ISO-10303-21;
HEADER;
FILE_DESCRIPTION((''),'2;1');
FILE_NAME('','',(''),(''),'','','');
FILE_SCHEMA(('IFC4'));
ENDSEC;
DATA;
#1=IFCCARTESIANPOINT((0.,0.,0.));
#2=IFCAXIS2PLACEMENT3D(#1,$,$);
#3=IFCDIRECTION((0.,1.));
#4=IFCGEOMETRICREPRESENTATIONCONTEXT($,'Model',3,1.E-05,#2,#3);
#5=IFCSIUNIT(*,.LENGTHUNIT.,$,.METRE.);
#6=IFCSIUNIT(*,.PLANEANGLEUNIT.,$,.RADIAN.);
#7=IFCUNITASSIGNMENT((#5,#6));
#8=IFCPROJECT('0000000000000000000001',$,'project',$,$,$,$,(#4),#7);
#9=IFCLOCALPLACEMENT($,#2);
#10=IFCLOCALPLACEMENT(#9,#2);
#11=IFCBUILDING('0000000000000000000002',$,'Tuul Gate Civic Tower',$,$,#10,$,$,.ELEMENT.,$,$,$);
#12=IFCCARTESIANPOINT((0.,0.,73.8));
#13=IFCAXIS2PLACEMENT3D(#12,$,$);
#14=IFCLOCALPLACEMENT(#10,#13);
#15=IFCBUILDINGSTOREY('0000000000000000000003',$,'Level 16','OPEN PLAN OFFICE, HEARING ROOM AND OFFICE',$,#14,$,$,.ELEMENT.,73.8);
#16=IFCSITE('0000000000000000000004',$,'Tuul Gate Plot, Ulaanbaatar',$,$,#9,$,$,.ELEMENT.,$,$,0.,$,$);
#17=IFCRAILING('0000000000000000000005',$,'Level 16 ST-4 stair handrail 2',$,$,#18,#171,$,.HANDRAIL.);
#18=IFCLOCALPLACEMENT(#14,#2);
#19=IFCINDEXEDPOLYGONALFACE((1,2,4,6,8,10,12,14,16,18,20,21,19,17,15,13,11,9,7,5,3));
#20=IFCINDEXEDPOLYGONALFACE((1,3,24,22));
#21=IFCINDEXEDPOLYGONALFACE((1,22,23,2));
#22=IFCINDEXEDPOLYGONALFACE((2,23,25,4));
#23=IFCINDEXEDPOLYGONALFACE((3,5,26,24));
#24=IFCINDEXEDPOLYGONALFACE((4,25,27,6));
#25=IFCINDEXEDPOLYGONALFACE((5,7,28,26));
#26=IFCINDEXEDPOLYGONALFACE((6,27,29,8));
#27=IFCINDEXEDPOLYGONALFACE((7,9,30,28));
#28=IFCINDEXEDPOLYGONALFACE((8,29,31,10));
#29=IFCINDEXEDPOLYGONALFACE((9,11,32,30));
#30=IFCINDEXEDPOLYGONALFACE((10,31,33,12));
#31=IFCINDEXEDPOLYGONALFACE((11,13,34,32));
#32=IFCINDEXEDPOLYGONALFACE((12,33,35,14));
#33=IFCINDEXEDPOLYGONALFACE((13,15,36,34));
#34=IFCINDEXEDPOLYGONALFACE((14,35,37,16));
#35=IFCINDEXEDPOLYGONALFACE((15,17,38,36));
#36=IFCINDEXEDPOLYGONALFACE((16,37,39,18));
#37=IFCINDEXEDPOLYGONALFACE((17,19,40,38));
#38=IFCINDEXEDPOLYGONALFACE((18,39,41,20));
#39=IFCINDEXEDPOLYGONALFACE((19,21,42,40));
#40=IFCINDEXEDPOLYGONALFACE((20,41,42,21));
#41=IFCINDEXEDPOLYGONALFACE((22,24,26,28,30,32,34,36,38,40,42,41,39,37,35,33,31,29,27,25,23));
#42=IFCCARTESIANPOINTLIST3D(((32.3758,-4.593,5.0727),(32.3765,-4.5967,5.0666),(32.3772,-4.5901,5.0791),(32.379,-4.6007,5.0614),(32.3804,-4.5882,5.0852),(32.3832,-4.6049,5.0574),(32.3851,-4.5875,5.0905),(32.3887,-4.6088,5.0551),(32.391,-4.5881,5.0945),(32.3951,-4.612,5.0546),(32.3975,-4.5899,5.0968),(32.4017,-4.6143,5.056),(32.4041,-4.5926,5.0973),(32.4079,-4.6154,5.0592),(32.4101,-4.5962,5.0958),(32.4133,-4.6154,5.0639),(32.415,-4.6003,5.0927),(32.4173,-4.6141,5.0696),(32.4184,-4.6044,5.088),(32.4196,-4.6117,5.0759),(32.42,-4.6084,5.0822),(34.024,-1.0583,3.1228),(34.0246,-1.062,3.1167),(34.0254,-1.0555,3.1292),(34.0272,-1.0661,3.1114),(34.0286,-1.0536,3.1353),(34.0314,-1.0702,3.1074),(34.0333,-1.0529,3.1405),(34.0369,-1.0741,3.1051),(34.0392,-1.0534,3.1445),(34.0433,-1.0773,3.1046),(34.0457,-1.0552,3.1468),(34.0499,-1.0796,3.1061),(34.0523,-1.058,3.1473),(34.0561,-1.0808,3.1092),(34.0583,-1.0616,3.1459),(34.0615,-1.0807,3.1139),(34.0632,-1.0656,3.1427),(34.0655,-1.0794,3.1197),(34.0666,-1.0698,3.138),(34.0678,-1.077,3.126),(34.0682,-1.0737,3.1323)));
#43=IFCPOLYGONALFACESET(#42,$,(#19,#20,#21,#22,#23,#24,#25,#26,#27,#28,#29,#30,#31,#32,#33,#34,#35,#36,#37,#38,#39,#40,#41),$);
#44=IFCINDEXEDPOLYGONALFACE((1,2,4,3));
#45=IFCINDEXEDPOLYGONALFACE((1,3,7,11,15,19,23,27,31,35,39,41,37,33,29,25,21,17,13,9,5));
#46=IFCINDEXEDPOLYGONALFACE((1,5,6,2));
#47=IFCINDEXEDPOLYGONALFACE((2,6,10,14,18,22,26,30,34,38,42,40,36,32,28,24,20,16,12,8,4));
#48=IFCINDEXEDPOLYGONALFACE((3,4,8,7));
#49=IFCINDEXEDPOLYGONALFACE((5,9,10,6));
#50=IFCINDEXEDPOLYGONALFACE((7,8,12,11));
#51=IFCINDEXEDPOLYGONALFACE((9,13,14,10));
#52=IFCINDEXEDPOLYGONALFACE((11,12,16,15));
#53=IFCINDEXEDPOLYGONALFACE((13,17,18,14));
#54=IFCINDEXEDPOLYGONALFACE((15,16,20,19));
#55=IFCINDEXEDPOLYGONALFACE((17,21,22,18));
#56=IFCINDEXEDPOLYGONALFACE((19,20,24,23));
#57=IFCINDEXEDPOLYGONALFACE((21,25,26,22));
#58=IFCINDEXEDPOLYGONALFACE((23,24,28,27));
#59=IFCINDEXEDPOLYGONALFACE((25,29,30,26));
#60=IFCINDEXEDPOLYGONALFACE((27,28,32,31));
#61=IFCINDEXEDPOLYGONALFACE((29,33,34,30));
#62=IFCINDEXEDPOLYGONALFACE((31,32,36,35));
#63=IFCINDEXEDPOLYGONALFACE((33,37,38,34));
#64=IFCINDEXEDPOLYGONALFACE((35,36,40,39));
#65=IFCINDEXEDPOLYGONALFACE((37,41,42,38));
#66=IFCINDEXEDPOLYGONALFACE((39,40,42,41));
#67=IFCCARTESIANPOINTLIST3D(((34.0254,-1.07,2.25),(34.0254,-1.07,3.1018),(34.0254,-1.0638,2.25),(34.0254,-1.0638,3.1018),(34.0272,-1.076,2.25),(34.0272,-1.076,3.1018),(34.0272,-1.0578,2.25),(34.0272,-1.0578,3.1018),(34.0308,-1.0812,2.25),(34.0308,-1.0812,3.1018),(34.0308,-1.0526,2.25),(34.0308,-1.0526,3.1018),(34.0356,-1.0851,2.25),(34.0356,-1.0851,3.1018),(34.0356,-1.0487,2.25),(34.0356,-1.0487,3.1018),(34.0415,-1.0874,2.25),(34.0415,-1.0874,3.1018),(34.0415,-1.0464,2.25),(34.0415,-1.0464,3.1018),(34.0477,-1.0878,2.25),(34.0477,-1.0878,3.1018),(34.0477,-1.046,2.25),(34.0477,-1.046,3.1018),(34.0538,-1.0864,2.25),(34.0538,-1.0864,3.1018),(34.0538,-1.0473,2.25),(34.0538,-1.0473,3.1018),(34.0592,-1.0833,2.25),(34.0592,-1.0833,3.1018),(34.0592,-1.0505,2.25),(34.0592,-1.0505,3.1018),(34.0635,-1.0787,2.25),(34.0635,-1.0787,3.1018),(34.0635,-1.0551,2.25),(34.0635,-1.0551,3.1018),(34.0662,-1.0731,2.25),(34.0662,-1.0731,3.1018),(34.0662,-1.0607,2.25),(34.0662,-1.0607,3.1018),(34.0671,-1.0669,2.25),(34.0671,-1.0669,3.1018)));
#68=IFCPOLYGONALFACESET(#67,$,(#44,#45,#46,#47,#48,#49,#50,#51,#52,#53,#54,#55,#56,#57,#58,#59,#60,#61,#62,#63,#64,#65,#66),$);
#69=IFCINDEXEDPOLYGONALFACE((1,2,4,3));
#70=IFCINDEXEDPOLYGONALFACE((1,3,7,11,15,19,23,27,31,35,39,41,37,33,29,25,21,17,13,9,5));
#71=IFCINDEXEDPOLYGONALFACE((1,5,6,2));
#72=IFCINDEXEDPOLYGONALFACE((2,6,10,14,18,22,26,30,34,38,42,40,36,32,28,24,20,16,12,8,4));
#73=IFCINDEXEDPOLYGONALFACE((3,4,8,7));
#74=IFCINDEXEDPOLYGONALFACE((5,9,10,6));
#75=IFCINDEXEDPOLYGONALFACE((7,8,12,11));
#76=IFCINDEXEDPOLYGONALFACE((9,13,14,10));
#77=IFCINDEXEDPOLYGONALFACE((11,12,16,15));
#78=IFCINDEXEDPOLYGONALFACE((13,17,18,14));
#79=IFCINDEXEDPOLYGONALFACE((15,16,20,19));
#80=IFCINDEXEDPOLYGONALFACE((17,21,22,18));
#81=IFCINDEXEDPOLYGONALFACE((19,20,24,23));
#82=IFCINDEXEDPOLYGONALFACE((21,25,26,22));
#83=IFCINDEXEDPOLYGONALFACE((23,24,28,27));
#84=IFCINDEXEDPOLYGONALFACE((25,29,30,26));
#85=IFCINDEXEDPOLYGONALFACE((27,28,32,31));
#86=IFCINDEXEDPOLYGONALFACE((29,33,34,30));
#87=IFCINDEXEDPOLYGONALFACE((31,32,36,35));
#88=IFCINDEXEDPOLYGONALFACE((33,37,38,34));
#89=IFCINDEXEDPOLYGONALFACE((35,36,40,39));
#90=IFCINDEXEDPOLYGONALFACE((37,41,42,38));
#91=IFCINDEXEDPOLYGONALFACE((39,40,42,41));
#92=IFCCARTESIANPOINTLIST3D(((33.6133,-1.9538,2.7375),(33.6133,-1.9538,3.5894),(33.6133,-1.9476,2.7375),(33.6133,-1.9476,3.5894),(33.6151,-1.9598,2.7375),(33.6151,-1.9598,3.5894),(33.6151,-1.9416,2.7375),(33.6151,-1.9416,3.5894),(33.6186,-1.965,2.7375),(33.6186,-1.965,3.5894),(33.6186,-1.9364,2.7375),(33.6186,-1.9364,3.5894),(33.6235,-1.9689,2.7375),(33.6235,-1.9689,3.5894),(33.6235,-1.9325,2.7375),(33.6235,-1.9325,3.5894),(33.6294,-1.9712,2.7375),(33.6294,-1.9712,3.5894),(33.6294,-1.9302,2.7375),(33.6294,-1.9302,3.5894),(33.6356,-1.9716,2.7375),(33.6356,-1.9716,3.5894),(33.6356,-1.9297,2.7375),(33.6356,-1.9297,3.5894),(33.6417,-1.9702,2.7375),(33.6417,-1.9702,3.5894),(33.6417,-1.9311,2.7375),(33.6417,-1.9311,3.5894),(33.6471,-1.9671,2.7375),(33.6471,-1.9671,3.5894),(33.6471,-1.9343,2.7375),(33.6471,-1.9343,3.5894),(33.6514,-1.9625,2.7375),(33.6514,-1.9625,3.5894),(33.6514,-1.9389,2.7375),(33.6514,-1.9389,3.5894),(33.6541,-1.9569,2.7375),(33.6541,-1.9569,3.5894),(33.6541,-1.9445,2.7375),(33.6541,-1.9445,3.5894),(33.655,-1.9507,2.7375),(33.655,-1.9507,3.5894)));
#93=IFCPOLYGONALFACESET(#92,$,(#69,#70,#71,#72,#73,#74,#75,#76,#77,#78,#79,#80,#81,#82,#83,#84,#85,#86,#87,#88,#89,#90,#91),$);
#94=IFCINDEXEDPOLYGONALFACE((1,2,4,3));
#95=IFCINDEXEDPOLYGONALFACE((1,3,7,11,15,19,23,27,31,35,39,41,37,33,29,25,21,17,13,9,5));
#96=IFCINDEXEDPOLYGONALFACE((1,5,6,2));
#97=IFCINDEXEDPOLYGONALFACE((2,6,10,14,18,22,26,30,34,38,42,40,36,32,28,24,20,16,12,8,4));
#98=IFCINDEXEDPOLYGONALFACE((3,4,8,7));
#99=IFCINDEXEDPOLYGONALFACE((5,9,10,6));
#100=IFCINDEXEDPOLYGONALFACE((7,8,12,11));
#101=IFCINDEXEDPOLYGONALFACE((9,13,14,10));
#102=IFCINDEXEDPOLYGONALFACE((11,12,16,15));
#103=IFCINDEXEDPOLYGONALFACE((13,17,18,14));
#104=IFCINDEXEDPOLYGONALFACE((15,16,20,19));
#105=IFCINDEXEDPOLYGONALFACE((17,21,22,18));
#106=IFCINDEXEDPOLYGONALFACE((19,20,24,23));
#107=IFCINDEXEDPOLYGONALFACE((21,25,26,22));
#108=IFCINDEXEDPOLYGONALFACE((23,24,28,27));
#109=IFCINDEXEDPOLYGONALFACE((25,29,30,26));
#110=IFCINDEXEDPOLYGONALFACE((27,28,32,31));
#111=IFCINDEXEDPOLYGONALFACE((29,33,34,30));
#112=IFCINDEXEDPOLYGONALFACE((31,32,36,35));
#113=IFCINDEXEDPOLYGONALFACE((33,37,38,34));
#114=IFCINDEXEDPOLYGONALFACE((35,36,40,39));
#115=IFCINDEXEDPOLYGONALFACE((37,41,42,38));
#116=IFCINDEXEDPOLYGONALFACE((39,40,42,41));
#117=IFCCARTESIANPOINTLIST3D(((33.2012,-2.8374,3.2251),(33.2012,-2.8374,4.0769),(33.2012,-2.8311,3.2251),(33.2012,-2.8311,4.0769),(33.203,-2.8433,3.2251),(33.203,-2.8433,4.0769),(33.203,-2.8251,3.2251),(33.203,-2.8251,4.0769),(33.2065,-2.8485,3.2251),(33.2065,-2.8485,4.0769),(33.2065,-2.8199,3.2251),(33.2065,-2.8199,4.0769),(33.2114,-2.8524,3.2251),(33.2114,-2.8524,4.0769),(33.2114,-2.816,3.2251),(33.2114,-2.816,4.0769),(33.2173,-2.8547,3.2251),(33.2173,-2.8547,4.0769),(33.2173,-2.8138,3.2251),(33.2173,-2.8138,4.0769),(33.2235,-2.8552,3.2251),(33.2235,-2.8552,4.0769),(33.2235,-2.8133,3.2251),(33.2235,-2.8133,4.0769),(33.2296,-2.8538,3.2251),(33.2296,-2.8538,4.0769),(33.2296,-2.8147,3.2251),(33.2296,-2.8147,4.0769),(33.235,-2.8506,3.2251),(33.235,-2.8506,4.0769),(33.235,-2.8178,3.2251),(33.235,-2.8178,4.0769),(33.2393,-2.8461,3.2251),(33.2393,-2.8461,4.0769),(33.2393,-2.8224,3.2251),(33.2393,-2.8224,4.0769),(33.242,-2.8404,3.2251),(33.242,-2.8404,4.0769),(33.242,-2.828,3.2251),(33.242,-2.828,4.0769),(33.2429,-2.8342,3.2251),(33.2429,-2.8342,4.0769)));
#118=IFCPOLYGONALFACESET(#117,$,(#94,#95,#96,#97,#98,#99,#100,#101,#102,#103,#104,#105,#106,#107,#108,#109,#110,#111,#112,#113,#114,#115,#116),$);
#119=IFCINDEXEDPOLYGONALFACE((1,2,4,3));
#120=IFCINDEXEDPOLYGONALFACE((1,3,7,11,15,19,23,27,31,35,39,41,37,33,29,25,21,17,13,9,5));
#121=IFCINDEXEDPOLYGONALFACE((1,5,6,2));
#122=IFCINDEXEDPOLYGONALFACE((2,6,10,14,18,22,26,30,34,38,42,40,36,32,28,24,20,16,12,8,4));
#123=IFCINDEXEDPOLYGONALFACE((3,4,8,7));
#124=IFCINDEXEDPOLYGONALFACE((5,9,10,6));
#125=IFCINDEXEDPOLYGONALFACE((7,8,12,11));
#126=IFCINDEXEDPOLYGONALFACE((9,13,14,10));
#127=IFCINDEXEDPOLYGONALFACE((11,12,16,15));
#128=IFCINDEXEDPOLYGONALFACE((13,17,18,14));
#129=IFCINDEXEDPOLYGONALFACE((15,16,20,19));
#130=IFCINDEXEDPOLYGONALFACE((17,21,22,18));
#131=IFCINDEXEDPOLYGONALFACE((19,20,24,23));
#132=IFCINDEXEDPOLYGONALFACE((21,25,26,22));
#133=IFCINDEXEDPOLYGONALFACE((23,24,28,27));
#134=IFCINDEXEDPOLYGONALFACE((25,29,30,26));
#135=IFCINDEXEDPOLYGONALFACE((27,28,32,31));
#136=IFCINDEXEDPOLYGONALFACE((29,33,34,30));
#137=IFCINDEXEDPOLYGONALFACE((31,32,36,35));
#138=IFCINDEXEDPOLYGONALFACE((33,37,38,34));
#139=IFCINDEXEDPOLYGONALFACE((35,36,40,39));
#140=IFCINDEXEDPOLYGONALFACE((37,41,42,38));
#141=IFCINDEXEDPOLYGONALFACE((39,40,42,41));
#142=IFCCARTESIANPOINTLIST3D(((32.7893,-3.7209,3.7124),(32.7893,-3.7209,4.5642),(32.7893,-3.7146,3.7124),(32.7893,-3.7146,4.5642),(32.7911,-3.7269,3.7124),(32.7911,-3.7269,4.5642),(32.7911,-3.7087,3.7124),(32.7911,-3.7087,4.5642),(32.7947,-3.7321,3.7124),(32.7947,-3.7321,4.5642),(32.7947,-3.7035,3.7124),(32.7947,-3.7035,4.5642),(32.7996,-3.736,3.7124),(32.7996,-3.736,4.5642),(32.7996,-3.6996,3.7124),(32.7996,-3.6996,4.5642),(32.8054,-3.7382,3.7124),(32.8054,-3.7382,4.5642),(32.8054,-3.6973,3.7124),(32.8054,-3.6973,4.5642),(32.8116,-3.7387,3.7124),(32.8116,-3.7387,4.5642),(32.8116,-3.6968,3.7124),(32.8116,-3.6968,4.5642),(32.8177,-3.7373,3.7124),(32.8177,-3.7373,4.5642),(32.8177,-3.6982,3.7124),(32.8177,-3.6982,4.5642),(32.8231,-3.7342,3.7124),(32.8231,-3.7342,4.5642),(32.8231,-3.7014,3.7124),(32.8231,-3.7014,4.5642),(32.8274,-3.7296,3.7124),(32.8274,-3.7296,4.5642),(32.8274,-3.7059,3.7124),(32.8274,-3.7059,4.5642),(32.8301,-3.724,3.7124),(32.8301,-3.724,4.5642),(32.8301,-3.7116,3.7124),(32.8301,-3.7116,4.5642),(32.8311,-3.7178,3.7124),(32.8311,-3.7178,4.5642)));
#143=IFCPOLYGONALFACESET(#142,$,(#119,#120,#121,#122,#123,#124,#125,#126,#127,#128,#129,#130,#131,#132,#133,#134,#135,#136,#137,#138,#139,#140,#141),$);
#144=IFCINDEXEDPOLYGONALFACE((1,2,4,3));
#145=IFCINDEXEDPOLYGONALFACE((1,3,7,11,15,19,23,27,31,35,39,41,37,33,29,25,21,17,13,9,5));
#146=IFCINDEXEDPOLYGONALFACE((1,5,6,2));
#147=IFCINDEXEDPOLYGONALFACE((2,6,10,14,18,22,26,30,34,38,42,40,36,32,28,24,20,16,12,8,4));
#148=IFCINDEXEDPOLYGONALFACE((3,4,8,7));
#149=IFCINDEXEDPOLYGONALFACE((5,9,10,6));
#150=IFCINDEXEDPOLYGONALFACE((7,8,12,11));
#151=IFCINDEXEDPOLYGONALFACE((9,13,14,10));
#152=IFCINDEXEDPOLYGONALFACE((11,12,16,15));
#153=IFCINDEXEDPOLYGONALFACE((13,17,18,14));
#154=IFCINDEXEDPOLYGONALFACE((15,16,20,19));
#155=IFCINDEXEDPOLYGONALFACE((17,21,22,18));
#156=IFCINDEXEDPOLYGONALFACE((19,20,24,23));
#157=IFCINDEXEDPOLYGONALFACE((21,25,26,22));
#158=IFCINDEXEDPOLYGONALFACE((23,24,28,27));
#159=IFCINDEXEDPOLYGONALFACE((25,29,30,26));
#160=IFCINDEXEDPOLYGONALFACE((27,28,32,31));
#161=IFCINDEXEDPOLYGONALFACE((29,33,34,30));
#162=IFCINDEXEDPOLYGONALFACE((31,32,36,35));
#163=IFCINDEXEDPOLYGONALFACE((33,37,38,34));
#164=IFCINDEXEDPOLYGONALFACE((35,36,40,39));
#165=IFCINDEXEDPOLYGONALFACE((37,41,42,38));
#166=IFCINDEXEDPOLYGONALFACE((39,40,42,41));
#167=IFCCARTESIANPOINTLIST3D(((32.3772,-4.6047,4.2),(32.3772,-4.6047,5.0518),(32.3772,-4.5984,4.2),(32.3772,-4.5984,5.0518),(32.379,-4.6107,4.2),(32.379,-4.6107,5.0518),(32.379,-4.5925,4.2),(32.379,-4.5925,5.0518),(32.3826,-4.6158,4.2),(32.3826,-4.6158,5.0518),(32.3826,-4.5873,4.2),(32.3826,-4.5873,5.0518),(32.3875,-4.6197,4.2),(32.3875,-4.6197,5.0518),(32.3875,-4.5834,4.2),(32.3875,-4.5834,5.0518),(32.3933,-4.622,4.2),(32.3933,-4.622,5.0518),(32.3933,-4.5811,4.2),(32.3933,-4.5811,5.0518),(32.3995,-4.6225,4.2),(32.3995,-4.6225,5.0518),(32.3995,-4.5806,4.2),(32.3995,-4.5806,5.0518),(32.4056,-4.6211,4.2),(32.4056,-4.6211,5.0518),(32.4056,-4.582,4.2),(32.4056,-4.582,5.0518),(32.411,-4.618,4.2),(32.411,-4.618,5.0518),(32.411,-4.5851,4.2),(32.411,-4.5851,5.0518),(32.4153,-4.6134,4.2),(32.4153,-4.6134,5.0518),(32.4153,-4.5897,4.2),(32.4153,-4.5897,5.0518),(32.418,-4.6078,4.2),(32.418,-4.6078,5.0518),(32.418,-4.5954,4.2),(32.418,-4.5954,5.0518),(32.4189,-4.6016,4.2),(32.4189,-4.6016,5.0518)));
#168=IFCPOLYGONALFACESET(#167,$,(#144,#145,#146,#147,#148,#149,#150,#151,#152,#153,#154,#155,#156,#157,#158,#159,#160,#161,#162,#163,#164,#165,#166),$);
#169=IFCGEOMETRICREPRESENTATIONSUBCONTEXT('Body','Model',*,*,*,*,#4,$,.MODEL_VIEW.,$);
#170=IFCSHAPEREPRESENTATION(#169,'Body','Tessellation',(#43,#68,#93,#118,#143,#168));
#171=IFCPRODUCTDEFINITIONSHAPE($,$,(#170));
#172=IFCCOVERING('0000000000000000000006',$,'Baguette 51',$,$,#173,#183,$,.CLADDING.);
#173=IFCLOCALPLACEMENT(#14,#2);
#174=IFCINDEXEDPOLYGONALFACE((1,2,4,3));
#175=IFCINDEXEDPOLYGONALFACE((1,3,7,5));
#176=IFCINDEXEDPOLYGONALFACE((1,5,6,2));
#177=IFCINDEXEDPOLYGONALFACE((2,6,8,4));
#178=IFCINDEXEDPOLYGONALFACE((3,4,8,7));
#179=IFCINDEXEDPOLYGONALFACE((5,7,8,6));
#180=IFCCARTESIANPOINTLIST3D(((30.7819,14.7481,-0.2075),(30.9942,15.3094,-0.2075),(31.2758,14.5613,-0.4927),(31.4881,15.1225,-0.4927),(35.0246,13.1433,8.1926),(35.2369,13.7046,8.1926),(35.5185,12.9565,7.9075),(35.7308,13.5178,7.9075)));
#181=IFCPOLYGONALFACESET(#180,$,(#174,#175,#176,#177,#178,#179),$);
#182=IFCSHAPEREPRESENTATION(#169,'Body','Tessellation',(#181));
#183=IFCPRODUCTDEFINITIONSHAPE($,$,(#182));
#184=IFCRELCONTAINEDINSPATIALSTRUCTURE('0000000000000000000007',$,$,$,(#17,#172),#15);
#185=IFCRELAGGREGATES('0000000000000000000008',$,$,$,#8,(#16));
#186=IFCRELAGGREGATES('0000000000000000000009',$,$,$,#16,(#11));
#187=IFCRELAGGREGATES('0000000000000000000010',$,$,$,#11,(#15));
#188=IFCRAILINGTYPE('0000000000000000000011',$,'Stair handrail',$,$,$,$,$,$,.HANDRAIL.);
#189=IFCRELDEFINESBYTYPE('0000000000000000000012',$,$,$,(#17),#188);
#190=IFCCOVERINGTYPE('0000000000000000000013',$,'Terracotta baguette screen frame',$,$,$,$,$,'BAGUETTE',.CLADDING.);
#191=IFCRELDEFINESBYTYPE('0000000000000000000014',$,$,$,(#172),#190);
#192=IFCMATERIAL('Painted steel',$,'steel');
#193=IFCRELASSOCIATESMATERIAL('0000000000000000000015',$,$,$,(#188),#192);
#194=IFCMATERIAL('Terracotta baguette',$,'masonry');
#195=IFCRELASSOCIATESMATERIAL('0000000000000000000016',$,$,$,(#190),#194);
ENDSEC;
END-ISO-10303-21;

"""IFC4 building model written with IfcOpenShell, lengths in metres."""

from ifc_helpers import new_model, si_unit, direction, frame, origin, origin_2d, place, context, subcontext, project, spatial, rectangle, circle, extrude, material, material_profile, profile_set, type_object, element, save


model = new_model("IFC4")

# Units and contexts
model_context = context("Model", 3, precision=1e-05, world=origin(), true_north=direction((0.0, 1.0)))
body_context = subcontext(model_context, "Body", "Model", "MODEL_VIEW")
ifc_project = project(units=[si_unit("LENGTHUNIT", "METRE"), si_unit("PLANEANGLEUNIT", "RADIAN")], contexts=[model_context])

# Site, building, storey
site_placement = place(None, origin())
site = spatial("IfcSite", under=ifc_project, at=site_placement, Name="Tuul Gate Plot, Ulaanbaatar", CompositionType="ELEMENT", RefElevation=0.0)
building_placement = place(site_placement, origin())
building = spatial("IfcBuilding", under=site, at=building_placement, Name="Tuul Gate Civic Tower", CompositionType="ELEMENT")
storey_placement = place(building_placement, frame((0.0, 0.0, 73.8)))
storey = spatial("IfcBuildingStorey", under=building, at=storey_placement, Name="Level 16", Description="OPEN PLAN OFFICE, HEARING ROOM AND OFFICE", CompositionType="ELEMENT", Elevation=73.8)

# Railing
ifc_material_1 = material(Name="Painted steel", Category="steel")
railing_type = type_object("IfcRailingType", Name="Stair handrail", PredefinedType="HANDRAIL", material=ifc_material_1)
railing_placement = place(storey_placement, frame((34.0461, -1.0669, 2.25)))
element("IfcRailing", 1, at=railing_placement, inside=storey, type_object=railing_type, Name="Level 16 ST-4 stair handrail 2", PredefinedType="HANDRAIL", context=body_context, shape_type="SweptSolid", body=[
    extrude(circle(Radius=0.0239, at=origin_2d()), frame((0.0, 0.0, 0.876), z_axis=(-0.377995, -0.810637, 0.4472), x_axis=(0.906313, -0.422608, 0.0)), (0.0, 0.0, 1.0), 4.3604),
    extrude(circle(Radius=0.021, at=origin_2d()), origin(), (0.0, 0.0, 1.0), 0.8518),
    extrude(circle(Radius=0.021, at=origin_2d()), frame((-0.4121, -0.8838, 0.4875)), (0.0, 0.0, 1.0), 0.8518),
    extrude(circle(Radius=0.021, at=origin_2d()), frame((-0.8242, -1.7673, 0.9751)), (0.0, 0.0, 1.0), 0.8518),
    extrude(circle(Radius=0.021, at=origin_2d()), frame((-1.2361, -2.6509, 1.4624)), (0.0, 0.0, 1.0), 0.8518),
    extrude(circle(Radius=0.021, at=origin_2d()), frame((-1.6482, -3.5347, 1.95)), (0.0, 0.0, 1.0), 0.8518),
])

# Covering
ifc_material_2 = material(Name="Terracotta baguette", Category="masonry")
ifc_material_profile_1 = material_profile(ifc_material_2, rectangle(XDim=0.6001, YDim=0.6001, at=origin_2d()), Name="Terracotta baguette screen frame")
ifc_profile_set_1 = profile_set([ifc_material_profile_1], Name="Terracotta baguette")
covering_type = type_object("IfcCoveringType", Name="Terracotta baguette screen frame", ElementType="BAGUETTE", PredefinedType="CLADDING", material=ifc_profile_set_1)
covering_placement = place(storey_placement, frame((35.3777, 13.3306, 8.05), z_axis=(-0.444417, 0.168095, -0.879908), x_axis=(-0.353776, -0.93533, 0.0)))
element("IfcCovering", 2, at=covering_placement, inside=storey, type_object=covering_type, Name="Baguette 51", PredefinedType="CLADDING", context=body_context, shape_type="SweptSolid", body=[
    extrude(rectangle(XDim=0.6001, YDim=0.6001, at=origin_2d()), origin(), (0.0, 0.0, 1.0), 9.5466),
])

save(model, "model.ifc")
